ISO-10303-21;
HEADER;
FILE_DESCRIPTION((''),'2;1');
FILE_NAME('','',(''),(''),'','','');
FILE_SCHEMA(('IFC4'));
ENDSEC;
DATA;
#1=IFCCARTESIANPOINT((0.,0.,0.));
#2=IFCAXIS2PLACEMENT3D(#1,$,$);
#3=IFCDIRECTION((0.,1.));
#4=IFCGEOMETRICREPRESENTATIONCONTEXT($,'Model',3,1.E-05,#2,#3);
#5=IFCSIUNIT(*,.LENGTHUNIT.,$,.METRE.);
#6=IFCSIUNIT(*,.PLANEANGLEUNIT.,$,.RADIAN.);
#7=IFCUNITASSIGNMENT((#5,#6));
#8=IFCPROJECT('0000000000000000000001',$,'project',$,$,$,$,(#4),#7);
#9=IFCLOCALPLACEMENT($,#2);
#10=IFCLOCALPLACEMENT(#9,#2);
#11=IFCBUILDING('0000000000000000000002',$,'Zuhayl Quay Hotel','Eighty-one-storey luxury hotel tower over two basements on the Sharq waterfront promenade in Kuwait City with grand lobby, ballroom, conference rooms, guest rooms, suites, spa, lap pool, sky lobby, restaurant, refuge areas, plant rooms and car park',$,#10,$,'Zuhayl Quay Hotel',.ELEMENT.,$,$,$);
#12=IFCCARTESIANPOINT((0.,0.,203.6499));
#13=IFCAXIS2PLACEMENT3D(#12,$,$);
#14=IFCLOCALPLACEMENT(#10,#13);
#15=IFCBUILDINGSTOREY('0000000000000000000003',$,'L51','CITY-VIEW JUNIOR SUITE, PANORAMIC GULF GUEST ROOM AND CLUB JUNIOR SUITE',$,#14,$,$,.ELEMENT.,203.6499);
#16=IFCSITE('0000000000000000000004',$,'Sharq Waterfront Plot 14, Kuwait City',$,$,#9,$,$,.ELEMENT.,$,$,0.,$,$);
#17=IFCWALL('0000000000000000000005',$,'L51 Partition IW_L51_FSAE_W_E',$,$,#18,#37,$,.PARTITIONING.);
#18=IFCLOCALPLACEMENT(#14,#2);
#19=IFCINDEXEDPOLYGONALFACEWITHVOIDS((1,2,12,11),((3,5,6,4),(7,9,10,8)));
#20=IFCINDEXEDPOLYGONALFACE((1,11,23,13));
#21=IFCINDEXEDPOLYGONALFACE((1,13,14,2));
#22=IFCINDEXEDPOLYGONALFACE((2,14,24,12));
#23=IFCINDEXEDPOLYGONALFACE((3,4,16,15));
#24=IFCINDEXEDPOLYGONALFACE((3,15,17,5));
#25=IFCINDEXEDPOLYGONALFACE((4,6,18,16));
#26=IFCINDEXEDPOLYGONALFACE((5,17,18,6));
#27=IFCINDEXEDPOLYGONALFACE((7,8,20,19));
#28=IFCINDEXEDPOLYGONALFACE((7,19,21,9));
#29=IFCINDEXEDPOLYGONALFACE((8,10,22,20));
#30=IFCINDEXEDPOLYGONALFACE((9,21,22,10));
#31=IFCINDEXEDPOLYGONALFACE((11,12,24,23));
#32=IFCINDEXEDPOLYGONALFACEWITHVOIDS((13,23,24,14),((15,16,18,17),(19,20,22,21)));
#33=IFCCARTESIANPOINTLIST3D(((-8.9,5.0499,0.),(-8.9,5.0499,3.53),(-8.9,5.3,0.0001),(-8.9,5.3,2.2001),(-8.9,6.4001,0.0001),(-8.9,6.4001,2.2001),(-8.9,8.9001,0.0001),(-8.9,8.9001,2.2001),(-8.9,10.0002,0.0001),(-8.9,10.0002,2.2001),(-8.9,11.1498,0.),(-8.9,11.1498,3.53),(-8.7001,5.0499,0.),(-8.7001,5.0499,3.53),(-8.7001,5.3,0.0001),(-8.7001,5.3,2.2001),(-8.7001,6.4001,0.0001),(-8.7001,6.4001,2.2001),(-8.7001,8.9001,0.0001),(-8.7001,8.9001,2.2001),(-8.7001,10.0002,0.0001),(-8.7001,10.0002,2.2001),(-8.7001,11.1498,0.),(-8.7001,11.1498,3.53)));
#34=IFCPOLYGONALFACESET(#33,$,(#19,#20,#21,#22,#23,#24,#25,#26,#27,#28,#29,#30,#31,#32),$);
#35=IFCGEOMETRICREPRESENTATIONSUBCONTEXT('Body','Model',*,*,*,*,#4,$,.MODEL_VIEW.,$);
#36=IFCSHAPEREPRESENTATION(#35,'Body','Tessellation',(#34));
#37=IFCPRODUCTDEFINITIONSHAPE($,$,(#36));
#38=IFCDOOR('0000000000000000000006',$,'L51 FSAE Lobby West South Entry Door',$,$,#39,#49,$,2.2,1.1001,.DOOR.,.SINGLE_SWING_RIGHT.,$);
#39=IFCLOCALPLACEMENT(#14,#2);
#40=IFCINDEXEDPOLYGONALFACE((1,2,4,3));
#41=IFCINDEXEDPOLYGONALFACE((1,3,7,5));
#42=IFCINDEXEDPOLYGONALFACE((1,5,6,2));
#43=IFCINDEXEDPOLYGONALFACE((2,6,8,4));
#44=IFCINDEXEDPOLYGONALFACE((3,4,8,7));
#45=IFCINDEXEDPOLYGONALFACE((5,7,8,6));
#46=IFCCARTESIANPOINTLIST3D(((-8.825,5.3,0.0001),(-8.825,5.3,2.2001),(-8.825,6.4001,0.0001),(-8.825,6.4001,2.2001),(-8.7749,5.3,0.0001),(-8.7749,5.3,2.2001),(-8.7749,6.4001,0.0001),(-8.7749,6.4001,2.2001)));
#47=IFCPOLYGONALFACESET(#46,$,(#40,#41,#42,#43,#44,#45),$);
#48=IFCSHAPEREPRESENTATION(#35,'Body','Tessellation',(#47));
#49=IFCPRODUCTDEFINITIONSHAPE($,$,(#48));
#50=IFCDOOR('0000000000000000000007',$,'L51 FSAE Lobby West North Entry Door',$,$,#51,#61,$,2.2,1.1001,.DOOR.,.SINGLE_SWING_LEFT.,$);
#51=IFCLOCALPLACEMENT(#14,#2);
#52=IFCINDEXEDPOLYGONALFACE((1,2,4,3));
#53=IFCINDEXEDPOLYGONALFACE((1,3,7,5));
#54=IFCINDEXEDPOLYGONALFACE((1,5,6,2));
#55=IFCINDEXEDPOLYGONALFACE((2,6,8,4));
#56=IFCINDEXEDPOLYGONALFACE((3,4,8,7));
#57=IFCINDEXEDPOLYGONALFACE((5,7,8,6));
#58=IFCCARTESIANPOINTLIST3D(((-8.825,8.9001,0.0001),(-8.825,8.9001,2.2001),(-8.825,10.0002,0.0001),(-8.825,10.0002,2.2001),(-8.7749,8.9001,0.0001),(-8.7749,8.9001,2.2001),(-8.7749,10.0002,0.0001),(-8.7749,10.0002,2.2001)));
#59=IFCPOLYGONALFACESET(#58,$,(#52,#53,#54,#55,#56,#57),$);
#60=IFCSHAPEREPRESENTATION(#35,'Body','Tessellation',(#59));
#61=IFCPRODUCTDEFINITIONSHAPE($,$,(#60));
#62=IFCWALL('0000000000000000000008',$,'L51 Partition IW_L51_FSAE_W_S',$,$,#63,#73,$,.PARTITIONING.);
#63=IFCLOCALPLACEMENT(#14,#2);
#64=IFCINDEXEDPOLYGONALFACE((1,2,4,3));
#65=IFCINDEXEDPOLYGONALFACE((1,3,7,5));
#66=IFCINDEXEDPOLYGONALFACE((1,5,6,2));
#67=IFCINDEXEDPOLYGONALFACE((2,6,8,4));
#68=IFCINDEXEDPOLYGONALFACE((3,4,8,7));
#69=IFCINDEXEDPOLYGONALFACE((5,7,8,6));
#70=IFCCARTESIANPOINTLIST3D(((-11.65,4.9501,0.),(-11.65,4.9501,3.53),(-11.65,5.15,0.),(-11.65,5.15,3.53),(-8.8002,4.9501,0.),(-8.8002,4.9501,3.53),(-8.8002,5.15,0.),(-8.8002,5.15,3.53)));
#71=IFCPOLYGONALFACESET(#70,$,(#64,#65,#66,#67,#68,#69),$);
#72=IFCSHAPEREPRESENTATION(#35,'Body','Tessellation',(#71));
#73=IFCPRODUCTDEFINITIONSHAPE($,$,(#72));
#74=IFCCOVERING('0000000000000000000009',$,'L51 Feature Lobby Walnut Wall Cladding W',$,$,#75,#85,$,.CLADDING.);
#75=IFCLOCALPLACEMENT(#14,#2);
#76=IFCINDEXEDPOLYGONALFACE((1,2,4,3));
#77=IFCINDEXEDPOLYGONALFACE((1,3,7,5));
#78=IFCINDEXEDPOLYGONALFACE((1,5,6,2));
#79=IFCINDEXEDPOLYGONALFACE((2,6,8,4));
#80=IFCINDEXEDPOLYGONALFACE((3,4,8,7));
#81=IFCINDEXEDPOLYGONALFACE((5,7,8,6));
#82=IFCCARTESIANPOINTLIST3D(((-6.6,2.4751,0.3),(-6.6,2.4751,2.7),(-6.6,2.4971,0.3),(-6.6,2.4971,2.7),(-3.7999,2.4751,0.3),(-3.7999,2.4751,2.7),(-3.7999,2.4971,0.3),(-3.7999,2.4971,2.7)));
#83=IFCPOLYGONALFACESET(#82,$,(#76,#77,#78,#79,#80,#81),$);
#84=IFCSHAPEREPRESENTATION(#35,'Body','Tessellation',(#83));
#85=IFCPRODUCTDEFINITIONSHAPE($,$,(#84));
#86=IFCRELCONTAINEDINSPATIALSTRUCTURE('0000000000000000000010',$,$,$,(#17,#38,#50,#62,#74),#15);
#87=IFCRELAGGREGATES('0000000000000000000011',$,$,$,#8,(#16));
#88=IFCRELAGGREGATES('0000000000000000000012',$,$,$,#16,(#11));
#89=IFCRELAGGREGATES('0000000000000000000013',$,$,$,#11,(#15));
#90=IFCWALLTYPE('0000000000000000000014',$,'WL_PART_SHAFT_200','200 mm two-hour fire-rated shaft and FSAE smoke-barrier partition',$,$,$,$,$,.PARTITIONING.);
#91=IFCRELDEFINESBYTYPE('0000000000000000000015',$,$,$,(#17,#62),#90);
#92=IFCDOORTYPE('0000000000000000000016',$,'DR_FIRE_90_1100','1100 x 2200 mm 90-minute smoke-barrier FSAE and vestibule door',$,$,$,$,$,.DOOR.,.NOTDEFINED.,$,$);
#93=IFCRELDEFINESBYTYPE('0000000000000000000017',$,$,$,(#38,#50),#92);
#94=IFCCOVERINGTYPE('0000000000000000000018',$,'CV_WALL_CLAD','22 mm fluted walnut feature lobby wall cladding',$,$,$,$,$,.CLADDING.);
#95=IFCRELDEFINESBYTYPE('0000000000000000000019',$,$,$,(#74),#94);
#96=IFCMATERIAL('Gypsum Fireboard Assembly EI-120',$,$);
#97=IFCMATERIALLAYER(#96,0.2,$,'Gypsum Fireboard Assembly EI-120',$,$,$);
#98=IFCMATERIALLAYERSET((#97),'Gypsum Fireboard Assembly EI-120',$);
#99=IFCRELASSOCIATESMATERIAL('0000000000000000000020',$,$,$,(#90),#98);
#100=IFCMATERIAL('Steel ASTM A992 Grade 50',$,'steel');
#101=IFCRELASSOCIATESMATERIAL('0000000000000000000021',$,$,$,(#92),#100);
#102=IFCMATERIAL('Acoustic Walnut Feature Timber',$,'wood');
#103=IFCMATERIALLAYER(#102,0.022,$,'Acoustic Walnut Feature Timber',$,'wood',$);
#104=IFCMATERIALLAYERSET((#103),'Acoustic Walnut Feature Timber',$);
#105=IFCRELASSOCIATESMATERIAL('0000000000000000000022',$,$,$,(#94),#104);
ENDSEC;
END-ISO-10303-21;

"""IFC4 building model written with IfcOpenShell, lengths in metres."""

from ifc_helpers import new_model, si_unit, direction, frame, frame_2d, origin, origin_2d, place, context, subcontext, project, spatial, rectangle, extrude, material, layer, layer_set, type_object, element, fill, save


model = new_model("IFC4")

# Units and contexts
model_context = context("Model", 3, precision=1e-05, world=origin(), true_north=direction((0.0, 1.0)))
body_context = subcontext(model_context, "Body", "Model", "MODEL_VIEW")
ifc_project = project(units=[si_unit("LENGTHUNIT", "METRE"), si_unit("PLANEANGLEUNIT", "RADIAN")], contexts=[model_context])

# Site, building, storey
site_placement = place(None, origin())
site = spatial("IfcSite", under=ifc_project, at=site_placement, Name="Sharq Waterfront Plot 14, Kuwait City", CompositionType="ELEMENT", RefElevation=0.0)
building_placement = place(site_placement, origin())
building = spatial("IfcBuilding", under=site, at=building_placement, Name="Zuhayl Quay Hotel", Description="Eighty-one-storey luxury hotel tower over two basements on the Sharq waterfront promenade in Kuwait City with grand lobby, ballroom, conference rooms, guest rooms, suites, spa, lap pool, sky lobby, restaurant, refuge areas, plant rooms and car park", LongName="Zuhayl Quay Hotel", CompositionType="ELEMENT")
storey_placement = place(building_placement, frame((0.0, 0.0, 203.6499)))
storey = spatial("IfcBuildingStorey", under=building, at=storey_placement, Name="L51", Description="CITY-VIEW JUNIOR SUITE, PANORAMIC GULF GUEST ROOM AND CLUB JUNIOR SUITE", CompositionType="ELEMENT", Elevation=203.6499)

# Shared definitions
ifc_material_1 = material(Name="Steel ASTM A992 Grade 50", Category="steel")

# Wall, openings, doors
ifc_material_2 = material(Name="Gypsum Fireboard Assembly EI-120")
ifc_layer_1 = layer(ifc_material_2, 0.2, Name="Gypsum Fireboard Assembly EI-120")
ifc_layer_set_1 = layer_set([ifc_layer_1], Name="Gypsum Fireboard Assembly EI-120")
wall_type_1 = type_object("IfcWallType", Name="WL_PART_SHAFT_200", Description="200 mm two-hour fire-rated shaft and FSAE smoke-barrier partition", PredefinedType="PARTITIONING", material=ifc_layer_set_1)
wall_1_placement = place(storey_placement, frame((-8.8, 5.05, 0.0), z_axis=(0.0, 0.0, 1.0), x_axis=(0.0, 1.0, 0.0)))
wall_1 = element("IfcWall", 1, at=wall_1_placement, inside=storey, type_object=wall_type_1, Name="L51 Partition IW_L51_FSAE_W_E", PredefinedType="PARTITIONING", context=body_context, shape_type="SweptSolid", body=[
    extrude(rectangle(XDim=6.0999, YDim=0.2, at=frame_2d((3.0498, 0.0))), origin(), (0.0, 0.0, 1.0), 3.53),
])
opening_1_placement = place(wall_1_placement, frame((0.25, 0.0, 0.0)))
opening_1 = element("IfcOpeningElement", 2, at=opening_1_placement, cuts=wall_1, PredefinedType="OPENING", context=body_context, shape_type="SweptSolid", body=[
    extrude(rectangle(XDim=1.1001, YDim=2.2, at=frame_2d((0.55, 1.1001))), frame((0.0, 0.1099, 0.0), z_axis=(0.0, -1.0, 0.0), x_axis=(1.0, 0.0, 0.0)), (0.0, 0.0, 1.0), 0.22),
])
opening_2_placement = place(wall_1_placement, frame((3.8501, 0.0, 0.0)))
opening_2 = element("IfcOpeningElement", 3, at=opening_2_placement, cuts=wall_1, PredefinedType="OPENING", context=body_context, shape_type="SweptSolid", body=[
    extrude(rectangle(XDim=1.1001, YDim=2.2, at=frame_2d((0.55, 1.1001))), frame((0.0, 0.1099, 0.0), z_axis=(0.0, -1.0, 0.0), x_axis=(1.0, 0.0, 0.0)), (0.0, 0.0, 1.0), 0.22),
])
door_type_1 = type_object("IfcDoorType", Name="DR_FIRE_90_1100", Description="1100 x 2200 mm 90-minute smoke-barrier FSAE and vestibule door", OperationType="NOTDEFINED", PredefinedType="DOOR", material=ifc_material_1)
door_1_placement = place(opening_1_placement, origin())
door_1 = element("IfcDoor", 4, at=door_1_placement, inside=storey, type_object=door_type_1, Name="L51 FSAE Lobby West South Entry Door", OperationType="SINGLE_SWING_RIGHT", OverallHeight=2.2, OverallWidth=1.1001, PredefinedType="DOOR", context=body_context, shape_type="SweptSolid", body=[
    extrude(rectangle(XDim=1.1001, YDim=2.2, at=frame_2d((0.55, 1.1001))), frame((0.0, 0.0249, 0.0), z_axis=(0.0, -1.0, 0.0), x_axis=(1.0, 0.0, 0.0)), (0.0, 0.0, 1.0), 0.05),
])
fill(opening_1, door_1)
door_2_placement = place(opening_2_placement, origin())
door_2 = element("IfcDoor", 5, at=door_2_placement, inside=storey, type_object=door_type_1, Name="L51 FSAE Lobby West North Entry Door", OperationType="SINGLE_SWING_LEFT", OverallHeight=2.2, OverallWidth=1.1001, PredefinedType="DOOR", context=body_context, shape_type="SweptSolid", body=[
    extrude(rectangle(XDim=1.1001, YDim=2.2, at=frame_2d((0.55, 1.1001))), frame((0.0, 0.0249, 0.0), z_axis=(0.0, -1.0, 0.0), x_axis=(1.0, 0.0, 0.0)), (0.0, 0.0, 1.0), 0.05),
])
fill(opening_2, door_2)

# Wall
wall_2_placement = place(storey_placement, frame((-11.6499, 5.05, 0.0), z_axis=(0.0, 0.0, 1.0), x_axis=(1.0, 0.0, 0.0)))
element("IfcWall", 6, at=wall_2_placement, inside=storey, type_object=wall_type_1, Name="L51 Partition IW_L51_FSAE_W_S", PredefinedType="PARTITIONING", context=body_context, shape_type="SweptSolid", body=[
    extrude(rectangle(XDim=2.8499, YDim=0.2, at=frame_2d((1.4248, 0.0))), origin(), (0.0, 0.0, 1.0), 3.53),
])

# Covering
ifc_material_3 = material(Name="Acoustic Walnut Feature Timber", Category="wood")
ifc_layer_2 = layer(ifc_material_3, 0.022, Name="Acoustic Walnut Feature Timber", Category="wood")
ifc_layer_set_2 = layer_set([ifc_layer_2], Name="Acoustic Walnut Feature Timber")
covering_type = type_object("IfcCoveringType", Name="CV_WALL_CLAD", Description="22 mm fluted walnut feature lobby wall cladding", PredefinedType="CLADDING", material=ifc_layer_set_2)
covering_placement = place(storey_placement, frame((-5.2, 2.4861, 0.3), z_axis=(0.0, 0.0, 1.0), x_axis=(1.0, 0.0, 0.0)))
element("IfcCovering", 7, at=covering_placement, inside=storey, type_object=covering_type, Name="L51 Feature Lobby Walnut Wall Cladding W", PredefinedType="CLADDING", context=body_context, shape_type="SweptSolid", body=[
    extrude(rectangle(XDim=2.8, YDim=0.022, at=origin_2d()), origin(), (0.0, 0.0, 1.0), 2.3999),
])

save(model, "model.ifc")
